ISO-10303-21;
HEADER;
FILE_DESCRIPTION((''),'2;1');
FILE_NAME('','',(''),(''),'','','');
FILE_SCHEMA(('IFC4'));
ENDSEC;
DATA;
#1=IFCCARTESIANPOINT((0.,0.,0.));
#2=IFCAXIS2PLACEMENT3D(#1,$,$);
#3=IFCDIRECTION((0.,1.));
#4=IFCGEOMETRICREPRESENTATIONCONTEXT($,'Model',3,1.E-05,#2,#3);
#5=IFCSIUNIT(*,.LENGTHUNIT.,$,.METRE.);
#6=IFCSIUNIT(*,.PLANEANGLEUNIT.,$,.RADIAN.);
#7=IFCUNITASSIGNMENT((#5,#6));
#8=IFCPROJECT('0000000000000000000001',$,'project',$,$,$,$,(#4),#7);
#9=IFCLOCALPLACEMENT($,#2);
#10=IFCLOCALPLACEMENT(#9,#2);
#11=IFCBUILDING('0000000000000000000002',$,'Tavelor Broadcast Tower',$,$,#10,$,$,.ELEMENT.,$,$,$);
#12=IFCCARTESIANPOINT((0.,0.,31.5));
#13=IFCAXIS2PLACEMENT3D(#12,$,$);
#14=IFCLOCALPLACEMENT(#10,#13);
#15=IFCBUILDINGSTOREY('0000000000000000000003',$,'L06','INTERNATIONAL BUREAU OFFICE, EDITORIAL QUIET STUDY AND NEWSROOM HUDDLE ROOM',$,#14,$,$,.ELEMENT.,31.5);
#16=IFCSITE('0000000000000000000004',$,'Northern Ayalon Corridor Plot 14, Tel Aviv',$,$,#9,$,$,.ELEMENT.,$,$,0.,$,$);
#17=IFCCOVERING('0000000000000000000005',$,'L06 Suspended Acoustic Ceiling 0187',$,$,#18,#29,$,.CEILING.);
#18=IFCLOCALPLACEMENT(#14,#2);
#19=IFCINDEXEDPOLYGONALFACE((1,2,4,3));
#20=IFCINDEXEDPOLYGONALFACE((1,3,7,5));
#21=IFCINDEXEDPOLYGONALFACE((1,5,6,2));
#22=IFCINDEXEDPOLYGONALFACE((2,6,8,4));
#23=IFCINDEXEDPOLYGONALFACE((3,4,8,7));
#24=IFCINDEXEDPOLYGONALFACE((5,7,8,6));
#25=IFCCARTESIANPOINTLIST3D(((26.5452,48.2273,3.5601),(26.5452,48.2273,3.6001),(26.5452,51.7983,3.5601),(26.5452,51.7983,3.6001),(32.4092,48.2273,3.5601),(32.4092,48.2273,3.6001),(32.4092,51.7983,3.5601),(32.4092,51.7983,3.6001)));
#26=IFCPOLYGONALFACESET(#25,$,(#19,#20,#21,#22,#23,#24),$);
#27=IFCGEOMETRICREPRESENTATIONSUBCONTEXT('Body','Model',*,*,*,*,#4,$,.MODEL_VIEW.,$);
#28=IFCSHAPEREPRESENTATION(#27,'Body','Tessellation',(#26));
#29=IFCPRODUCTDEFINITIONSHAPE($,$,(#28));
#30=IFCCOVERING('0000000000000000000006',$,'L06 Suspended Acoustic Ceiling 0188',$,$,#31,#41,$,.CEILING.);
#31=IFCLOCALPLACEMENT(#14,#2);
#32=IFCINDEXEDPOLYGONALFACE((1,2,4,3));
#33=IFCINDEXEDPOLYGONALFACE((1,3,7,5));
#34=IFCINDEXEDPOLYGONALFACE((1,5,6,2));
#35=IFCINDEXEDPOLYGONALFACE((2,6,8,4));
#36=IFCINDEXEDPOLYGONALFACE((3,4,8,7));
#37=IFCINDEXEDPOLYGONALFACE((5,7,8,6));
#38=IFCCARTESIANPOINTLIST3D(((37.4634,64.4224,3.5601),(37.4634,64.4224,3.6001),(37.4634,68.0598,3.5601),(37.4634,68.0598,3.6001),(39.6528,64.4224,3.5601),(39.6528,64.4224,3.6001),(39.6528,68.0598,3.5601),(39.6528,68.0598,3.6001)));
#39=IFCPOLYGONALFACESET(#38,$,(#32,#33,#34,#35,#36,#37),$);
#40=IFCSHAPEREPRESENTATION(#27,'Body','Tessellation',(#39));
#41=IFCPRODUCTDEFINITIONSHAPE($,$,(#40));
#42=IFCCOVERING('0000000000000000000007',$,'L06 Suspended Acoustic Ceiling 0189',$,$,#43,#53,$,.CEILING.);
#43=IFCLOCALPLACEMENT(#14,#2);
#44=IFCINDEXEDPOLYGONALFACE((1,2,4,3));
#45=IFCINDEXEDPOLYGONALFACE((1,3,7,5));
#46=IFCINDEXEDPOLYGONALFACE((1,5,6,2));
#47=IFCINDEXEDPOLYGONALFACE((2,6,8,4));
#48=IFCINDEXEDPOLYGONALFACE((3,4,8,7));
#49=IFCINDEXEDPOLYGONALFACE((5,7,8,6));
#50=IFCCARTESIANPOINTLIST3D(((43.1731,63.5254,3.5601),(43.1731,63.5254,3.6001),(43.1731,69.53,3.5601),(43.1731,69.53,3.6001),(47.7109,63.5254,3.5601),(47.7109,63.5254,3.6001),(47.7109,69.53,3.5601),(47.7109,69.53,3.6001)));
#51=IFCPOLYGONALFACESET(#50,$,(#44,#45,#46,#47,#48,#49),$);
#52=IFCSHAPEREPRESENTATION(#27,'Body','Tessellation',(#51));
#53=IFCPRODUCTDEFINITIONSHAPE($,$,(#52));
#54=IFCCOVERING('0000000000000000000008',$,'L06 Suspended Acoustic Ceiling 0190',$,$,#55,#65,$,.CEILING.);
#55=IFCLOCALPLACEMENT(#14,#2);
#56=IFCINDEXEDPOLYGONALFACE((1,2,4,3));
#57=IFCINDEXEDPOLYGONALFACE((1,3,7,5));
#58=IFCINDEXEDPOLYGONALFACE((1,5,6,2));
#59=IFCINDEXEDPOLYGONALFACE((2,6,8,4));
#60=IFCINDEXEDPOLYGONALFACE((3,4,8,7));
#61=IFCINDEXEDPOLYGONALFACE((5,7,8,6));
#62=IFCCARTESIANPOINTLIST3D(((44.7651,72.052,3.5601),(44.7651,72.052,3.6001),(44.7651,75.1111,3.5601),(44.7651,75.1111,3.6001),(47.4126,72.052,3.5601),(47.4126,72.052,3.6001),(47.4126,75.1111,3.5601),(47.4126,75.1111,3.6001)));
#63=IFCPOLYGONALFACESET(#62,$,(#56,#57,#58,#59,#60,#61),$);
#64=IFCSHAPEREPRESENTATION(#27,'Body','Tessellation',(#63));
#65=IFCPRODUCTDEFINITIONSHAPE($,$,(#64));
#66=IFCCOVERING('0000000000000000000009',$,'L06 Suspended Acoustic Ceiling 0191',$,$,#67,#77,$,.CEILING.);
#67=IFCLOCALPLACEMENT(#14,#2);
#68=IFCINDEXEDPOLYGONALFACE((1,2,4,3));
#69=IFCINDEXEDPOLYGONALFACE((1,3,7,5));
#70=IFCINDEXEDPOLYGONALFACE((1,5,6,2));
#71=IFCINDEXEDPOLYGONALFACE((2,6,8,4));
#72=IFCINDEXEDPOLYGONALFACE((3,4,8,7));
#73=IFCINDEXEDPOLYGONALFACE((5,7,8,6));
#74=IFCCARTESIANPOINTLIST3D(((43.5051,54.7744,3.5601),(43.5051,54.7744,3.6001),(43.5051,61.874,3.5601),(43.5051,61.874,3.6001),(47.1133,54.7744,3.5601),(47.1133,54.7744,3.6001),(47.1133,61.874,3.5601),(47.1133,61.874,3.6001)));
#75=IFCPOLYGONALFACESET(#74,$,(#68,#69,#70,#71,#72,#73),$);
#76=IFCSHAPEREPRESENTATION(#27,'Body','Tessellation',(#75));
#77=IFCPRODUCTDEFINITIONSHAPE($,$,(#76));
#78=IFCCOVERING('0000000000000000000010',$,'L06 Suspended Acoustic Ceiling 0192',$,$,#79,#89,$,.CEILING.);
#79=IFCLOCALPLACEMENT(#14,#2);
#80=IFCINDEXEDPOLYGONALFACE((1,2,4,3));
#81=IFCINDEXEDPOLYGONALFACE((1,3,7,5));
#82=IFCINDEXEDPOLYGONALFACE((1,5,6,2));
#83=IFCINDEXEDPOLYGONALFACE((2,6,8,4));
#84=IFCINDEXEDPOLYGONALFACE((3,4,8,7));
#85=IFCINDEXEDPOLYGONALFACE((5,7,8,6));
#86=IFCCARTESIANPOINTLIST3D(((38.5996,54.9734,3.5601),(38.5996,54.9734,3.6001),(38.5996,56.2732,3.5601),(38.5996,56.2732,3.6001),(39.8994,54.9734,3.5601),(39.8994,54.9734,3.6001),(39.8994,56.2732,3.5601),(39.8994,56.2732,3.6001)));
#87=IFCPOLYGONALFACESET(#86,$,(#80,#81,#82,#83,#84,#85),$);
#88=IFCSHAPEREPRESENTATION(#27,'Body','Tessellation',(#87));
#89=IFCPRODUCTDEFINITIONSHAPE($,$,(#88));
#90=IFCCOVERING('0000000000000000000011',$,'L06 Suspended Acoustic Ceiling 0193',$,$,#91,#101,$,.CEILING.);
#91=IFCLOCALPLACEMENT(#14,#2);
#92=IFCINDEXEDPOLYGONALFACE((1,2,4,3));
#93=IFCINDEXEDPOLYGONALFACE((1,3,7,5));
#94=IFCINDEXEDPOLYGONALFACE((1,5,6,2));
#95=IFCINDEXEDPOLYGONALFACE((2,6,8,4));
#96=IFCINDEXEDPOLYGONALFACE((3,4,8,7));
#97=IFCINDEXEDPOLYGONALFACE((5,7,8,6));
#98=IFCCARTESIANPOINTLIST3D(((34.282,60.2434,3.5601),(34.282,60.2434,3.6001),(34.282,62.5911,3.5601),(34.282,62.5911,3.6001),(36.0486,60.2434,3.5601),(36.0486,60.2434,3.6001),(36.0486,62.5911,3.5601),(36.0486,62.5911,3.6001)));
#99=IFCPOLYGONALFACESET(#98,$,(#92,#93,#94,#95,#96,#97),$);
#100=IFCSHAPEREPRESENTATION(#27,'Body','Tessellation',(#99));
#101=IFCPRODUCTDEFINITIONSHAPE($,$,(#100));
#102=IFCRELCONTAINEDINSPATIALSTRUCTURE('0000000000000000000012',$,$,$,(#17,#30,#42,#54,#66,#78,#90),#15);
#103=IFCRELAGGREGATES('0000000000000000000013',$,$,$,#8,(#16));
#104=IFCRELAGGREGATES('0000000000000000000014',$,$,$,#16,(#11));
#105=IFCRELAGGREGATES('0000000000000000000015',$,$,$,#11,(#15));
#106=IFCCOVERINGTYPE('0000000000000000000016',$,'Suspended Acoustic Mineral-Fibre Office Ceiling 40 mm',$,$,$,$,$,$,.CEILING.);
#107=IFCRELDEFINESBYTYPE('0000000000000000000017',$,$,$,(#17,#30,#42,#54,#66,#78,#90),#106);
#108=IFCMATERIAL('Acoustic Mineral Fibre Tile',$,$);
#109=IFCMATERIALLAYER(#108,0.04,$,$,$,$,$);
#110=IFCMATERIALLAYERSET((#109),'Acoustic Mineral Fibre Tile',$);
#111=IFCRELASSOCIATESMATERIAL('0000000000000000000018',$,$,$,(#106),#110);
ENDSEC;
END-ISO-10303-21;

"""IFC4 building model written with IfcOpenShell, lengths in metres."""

from ifc_helpers import new_model, si_unit, direction, frame, origin, place, context, subcontext, project, spatial, polyline, outline, extrude, material, layer, layer_set, type_object, element, save


model = new_model("IFC4")

# Units and contexts
model_context = context("Model", 3, precision=1e-05, world=origin(), true_north=direction((0.0, 1.0)))
body_context = subcontext(model_context, "Body", "Model", "MODEL_VIEW")
ifc_project = project(units=[si_unit("LENGTHUNIT", "METRE"), si_unit("PLANEANGLEUNIT", "RADIAN")], contexts=[model_context])

# Site, building, storey
site_placement = place(None, origin())
site = spatial("IfcSite", under=ifc_project, at=site_placement, Name="Northern Ayalon Corridor Plot 14, Tel Aviv", CompositionType="ELEMENT", RefElevation=0.0)
building_placement = place(site_placement, origin())
building = spatial("IfcBuilding", under=site, at=building_placement, Name="Tavelor Broadcast Tower", CompositionType="ELEMENT")
storey_placement = place(building_placement, frame((0.0, 0.0, 31.5)))
storey = spatial("IfcBuildingStorey", under=building, at=storey_placement, Name="L06", Description="INTERNATIONAL BUREAU OFFICE, EDITORIAL QUIET STUDY AND NEWSROOM HUDDLE ROOM", CompositionType="ELEMENT", Elevation=31.5)

# Coverings
ifc_material_1 = material(Name="Acoustic Mineral Fibre Tile")
ifc_layer_1 = layer(ifc_material_1, 0.04)
ifc_layer_set_1 = layer_set([ifc_layer_1], Name="Acoustic Mineral Fibre Tile")
covering_type_1 = type_object("IfcCoveringType", Name="Suspended Acoustic Mineral-Fibre Office Ceiling 40 mm", PredefinedType="CEILING", material=ifc_layer_set_1)
covering_1_placement = place(storey_placement, frame((0.0, 0.0, 3.5601)))
element("IfcCovering", 1, at=covering_1_placement, inside=storey, type_object=covering_type_1, Name="L06 Suspended Acoustic Ceiling 0187", PredefinedType="CEILING", context=body_context, shape_type="SweptSolid", body=[
    extrude(outline(polyline([(26.5452, 48.2273), (32.4092, 48.2273), (32.4092, 51.7983), (26.5452, 51.7983), (26.5452, 48.2273)])), origin(), (0.0, 0.0, 1.0), 0.04),
])
covering_2_placement = place(storey_placement, frame((0.0, 0.0, 3.5601)))
element("IfcCovering", 2, at=covering_2_placement, inside=storey, type_object=covering_type_1, Name="L06 Suspended Acoustic Ceiling 0188", PredefinedType="CEILING", context=body_context, shape_type="SweptSolid", body=[
    extrude(outline(polyline([(37.4634, 64.4224), (39.6528, 64.4224), (39.6528, 68.0598), (37.4634, 68.0598), (37.4634, 64.4224)])), origin(), (0.0, 0.0, 1.0), 0.04),
])
covering_3_placement = place(storey_placement, frame((0.0, 0.0, 3.5601)))
element("IfcCovering", 3, at=covering_3_placement, inside=storey, type_object=covering_type_1, Name="L06 Suspended Acoustic Ceiling 0189", PredefinedType="CEILING", context=body_context, shape_type="SweptSolid", body=[
    extrude(outline(polyline([(43.1731, 63.5254), (47.7109, 63.5254), (47.7109, 69.53), (43.1731, 69.53), (43.1731, 63.5254)])), origin(), (0.0, 0.0, 1.0), 0.04),
])
covering_4_placement = place(storey_placement, frame((0.0, 0.0, 3.5601)))
element("IfcCovering", 4, at=covering_4_placement, inside=storey, type_object=covering_type_1, Name="L06 Suspended Acoustic Ceiling 0190", PredefinedType="CEILING", context=body_context, shape_type="SweptSolid", body=[
    extrude(outline(polyline([(44.7651, 72.052), (47.4126, 72.052), (47.4126, 75.1111), (44.7651, 75.1111), (44.7651, 72.052)])), origin(), (0.0, 0.0, 1.0), 0.04),
])
covering_5_placement = place(storey_placement, frame((0.0, 0.0, 3.5601)))
element("IfcCovering", 5, at=covering_5_placement, inside=storey, type_object=covering_type_1, Name="L06 Suspended Acoustic Ceiling 0191", PredefinedType="CEILING", context=body_context, shape_type="SweptSolid", body=[
    extrude(outline(polyline([(43.5051, 54.7744), (47.1133, 54.7744), (47.1133, 61.874), (43.5051, 61.874), (43.5051, 54.7744)])), origin(), (0.0, 0.0, 1.0), 0.04),
])
covering_6_placement = place(storey_placement, frame((0.0, 0.0, 3.5601)))
element("IfcCovering", 6, at=covering_6_placement, inside=storey, type_object=covering_type_1, Name="L06 Suspended Acoustic Ceiling 0192", PredefinedType="CEILING", context=body_context, shape_type="SweptSolid", body=[
    extrude(outline(polyline([(38.5996, 54.9734), (39.8994, 54.9734), (39.8994, 56.2732), (38.5996, 56.2732), (38.5996, 54.9734)])), origin(), (0.0, 0.0, 1.0), 0.04),
])
covering_7_placement = place(storey_placement, frame((0.0, 0.0, 3.5601)))
element("IfcCovering", 7, at=covering_7_placement, inside=storey, type_object=covering_type_1, Name="L06 Suspended Acoustic Ceiling 0193", PredefinedType="CEILING", context=body_context, shape_type="SweptSolid", body=[
    extrude(outline(polyline([(34.282, 60.2434), (36.0486, 60.2434), (36.0486, 62.5911), (34.282, 62.5911), (34.282, 60.2434)])), origin(), (0.0, 0.0, 1.0), 0.04),
])

save(model, "model.ifc")
